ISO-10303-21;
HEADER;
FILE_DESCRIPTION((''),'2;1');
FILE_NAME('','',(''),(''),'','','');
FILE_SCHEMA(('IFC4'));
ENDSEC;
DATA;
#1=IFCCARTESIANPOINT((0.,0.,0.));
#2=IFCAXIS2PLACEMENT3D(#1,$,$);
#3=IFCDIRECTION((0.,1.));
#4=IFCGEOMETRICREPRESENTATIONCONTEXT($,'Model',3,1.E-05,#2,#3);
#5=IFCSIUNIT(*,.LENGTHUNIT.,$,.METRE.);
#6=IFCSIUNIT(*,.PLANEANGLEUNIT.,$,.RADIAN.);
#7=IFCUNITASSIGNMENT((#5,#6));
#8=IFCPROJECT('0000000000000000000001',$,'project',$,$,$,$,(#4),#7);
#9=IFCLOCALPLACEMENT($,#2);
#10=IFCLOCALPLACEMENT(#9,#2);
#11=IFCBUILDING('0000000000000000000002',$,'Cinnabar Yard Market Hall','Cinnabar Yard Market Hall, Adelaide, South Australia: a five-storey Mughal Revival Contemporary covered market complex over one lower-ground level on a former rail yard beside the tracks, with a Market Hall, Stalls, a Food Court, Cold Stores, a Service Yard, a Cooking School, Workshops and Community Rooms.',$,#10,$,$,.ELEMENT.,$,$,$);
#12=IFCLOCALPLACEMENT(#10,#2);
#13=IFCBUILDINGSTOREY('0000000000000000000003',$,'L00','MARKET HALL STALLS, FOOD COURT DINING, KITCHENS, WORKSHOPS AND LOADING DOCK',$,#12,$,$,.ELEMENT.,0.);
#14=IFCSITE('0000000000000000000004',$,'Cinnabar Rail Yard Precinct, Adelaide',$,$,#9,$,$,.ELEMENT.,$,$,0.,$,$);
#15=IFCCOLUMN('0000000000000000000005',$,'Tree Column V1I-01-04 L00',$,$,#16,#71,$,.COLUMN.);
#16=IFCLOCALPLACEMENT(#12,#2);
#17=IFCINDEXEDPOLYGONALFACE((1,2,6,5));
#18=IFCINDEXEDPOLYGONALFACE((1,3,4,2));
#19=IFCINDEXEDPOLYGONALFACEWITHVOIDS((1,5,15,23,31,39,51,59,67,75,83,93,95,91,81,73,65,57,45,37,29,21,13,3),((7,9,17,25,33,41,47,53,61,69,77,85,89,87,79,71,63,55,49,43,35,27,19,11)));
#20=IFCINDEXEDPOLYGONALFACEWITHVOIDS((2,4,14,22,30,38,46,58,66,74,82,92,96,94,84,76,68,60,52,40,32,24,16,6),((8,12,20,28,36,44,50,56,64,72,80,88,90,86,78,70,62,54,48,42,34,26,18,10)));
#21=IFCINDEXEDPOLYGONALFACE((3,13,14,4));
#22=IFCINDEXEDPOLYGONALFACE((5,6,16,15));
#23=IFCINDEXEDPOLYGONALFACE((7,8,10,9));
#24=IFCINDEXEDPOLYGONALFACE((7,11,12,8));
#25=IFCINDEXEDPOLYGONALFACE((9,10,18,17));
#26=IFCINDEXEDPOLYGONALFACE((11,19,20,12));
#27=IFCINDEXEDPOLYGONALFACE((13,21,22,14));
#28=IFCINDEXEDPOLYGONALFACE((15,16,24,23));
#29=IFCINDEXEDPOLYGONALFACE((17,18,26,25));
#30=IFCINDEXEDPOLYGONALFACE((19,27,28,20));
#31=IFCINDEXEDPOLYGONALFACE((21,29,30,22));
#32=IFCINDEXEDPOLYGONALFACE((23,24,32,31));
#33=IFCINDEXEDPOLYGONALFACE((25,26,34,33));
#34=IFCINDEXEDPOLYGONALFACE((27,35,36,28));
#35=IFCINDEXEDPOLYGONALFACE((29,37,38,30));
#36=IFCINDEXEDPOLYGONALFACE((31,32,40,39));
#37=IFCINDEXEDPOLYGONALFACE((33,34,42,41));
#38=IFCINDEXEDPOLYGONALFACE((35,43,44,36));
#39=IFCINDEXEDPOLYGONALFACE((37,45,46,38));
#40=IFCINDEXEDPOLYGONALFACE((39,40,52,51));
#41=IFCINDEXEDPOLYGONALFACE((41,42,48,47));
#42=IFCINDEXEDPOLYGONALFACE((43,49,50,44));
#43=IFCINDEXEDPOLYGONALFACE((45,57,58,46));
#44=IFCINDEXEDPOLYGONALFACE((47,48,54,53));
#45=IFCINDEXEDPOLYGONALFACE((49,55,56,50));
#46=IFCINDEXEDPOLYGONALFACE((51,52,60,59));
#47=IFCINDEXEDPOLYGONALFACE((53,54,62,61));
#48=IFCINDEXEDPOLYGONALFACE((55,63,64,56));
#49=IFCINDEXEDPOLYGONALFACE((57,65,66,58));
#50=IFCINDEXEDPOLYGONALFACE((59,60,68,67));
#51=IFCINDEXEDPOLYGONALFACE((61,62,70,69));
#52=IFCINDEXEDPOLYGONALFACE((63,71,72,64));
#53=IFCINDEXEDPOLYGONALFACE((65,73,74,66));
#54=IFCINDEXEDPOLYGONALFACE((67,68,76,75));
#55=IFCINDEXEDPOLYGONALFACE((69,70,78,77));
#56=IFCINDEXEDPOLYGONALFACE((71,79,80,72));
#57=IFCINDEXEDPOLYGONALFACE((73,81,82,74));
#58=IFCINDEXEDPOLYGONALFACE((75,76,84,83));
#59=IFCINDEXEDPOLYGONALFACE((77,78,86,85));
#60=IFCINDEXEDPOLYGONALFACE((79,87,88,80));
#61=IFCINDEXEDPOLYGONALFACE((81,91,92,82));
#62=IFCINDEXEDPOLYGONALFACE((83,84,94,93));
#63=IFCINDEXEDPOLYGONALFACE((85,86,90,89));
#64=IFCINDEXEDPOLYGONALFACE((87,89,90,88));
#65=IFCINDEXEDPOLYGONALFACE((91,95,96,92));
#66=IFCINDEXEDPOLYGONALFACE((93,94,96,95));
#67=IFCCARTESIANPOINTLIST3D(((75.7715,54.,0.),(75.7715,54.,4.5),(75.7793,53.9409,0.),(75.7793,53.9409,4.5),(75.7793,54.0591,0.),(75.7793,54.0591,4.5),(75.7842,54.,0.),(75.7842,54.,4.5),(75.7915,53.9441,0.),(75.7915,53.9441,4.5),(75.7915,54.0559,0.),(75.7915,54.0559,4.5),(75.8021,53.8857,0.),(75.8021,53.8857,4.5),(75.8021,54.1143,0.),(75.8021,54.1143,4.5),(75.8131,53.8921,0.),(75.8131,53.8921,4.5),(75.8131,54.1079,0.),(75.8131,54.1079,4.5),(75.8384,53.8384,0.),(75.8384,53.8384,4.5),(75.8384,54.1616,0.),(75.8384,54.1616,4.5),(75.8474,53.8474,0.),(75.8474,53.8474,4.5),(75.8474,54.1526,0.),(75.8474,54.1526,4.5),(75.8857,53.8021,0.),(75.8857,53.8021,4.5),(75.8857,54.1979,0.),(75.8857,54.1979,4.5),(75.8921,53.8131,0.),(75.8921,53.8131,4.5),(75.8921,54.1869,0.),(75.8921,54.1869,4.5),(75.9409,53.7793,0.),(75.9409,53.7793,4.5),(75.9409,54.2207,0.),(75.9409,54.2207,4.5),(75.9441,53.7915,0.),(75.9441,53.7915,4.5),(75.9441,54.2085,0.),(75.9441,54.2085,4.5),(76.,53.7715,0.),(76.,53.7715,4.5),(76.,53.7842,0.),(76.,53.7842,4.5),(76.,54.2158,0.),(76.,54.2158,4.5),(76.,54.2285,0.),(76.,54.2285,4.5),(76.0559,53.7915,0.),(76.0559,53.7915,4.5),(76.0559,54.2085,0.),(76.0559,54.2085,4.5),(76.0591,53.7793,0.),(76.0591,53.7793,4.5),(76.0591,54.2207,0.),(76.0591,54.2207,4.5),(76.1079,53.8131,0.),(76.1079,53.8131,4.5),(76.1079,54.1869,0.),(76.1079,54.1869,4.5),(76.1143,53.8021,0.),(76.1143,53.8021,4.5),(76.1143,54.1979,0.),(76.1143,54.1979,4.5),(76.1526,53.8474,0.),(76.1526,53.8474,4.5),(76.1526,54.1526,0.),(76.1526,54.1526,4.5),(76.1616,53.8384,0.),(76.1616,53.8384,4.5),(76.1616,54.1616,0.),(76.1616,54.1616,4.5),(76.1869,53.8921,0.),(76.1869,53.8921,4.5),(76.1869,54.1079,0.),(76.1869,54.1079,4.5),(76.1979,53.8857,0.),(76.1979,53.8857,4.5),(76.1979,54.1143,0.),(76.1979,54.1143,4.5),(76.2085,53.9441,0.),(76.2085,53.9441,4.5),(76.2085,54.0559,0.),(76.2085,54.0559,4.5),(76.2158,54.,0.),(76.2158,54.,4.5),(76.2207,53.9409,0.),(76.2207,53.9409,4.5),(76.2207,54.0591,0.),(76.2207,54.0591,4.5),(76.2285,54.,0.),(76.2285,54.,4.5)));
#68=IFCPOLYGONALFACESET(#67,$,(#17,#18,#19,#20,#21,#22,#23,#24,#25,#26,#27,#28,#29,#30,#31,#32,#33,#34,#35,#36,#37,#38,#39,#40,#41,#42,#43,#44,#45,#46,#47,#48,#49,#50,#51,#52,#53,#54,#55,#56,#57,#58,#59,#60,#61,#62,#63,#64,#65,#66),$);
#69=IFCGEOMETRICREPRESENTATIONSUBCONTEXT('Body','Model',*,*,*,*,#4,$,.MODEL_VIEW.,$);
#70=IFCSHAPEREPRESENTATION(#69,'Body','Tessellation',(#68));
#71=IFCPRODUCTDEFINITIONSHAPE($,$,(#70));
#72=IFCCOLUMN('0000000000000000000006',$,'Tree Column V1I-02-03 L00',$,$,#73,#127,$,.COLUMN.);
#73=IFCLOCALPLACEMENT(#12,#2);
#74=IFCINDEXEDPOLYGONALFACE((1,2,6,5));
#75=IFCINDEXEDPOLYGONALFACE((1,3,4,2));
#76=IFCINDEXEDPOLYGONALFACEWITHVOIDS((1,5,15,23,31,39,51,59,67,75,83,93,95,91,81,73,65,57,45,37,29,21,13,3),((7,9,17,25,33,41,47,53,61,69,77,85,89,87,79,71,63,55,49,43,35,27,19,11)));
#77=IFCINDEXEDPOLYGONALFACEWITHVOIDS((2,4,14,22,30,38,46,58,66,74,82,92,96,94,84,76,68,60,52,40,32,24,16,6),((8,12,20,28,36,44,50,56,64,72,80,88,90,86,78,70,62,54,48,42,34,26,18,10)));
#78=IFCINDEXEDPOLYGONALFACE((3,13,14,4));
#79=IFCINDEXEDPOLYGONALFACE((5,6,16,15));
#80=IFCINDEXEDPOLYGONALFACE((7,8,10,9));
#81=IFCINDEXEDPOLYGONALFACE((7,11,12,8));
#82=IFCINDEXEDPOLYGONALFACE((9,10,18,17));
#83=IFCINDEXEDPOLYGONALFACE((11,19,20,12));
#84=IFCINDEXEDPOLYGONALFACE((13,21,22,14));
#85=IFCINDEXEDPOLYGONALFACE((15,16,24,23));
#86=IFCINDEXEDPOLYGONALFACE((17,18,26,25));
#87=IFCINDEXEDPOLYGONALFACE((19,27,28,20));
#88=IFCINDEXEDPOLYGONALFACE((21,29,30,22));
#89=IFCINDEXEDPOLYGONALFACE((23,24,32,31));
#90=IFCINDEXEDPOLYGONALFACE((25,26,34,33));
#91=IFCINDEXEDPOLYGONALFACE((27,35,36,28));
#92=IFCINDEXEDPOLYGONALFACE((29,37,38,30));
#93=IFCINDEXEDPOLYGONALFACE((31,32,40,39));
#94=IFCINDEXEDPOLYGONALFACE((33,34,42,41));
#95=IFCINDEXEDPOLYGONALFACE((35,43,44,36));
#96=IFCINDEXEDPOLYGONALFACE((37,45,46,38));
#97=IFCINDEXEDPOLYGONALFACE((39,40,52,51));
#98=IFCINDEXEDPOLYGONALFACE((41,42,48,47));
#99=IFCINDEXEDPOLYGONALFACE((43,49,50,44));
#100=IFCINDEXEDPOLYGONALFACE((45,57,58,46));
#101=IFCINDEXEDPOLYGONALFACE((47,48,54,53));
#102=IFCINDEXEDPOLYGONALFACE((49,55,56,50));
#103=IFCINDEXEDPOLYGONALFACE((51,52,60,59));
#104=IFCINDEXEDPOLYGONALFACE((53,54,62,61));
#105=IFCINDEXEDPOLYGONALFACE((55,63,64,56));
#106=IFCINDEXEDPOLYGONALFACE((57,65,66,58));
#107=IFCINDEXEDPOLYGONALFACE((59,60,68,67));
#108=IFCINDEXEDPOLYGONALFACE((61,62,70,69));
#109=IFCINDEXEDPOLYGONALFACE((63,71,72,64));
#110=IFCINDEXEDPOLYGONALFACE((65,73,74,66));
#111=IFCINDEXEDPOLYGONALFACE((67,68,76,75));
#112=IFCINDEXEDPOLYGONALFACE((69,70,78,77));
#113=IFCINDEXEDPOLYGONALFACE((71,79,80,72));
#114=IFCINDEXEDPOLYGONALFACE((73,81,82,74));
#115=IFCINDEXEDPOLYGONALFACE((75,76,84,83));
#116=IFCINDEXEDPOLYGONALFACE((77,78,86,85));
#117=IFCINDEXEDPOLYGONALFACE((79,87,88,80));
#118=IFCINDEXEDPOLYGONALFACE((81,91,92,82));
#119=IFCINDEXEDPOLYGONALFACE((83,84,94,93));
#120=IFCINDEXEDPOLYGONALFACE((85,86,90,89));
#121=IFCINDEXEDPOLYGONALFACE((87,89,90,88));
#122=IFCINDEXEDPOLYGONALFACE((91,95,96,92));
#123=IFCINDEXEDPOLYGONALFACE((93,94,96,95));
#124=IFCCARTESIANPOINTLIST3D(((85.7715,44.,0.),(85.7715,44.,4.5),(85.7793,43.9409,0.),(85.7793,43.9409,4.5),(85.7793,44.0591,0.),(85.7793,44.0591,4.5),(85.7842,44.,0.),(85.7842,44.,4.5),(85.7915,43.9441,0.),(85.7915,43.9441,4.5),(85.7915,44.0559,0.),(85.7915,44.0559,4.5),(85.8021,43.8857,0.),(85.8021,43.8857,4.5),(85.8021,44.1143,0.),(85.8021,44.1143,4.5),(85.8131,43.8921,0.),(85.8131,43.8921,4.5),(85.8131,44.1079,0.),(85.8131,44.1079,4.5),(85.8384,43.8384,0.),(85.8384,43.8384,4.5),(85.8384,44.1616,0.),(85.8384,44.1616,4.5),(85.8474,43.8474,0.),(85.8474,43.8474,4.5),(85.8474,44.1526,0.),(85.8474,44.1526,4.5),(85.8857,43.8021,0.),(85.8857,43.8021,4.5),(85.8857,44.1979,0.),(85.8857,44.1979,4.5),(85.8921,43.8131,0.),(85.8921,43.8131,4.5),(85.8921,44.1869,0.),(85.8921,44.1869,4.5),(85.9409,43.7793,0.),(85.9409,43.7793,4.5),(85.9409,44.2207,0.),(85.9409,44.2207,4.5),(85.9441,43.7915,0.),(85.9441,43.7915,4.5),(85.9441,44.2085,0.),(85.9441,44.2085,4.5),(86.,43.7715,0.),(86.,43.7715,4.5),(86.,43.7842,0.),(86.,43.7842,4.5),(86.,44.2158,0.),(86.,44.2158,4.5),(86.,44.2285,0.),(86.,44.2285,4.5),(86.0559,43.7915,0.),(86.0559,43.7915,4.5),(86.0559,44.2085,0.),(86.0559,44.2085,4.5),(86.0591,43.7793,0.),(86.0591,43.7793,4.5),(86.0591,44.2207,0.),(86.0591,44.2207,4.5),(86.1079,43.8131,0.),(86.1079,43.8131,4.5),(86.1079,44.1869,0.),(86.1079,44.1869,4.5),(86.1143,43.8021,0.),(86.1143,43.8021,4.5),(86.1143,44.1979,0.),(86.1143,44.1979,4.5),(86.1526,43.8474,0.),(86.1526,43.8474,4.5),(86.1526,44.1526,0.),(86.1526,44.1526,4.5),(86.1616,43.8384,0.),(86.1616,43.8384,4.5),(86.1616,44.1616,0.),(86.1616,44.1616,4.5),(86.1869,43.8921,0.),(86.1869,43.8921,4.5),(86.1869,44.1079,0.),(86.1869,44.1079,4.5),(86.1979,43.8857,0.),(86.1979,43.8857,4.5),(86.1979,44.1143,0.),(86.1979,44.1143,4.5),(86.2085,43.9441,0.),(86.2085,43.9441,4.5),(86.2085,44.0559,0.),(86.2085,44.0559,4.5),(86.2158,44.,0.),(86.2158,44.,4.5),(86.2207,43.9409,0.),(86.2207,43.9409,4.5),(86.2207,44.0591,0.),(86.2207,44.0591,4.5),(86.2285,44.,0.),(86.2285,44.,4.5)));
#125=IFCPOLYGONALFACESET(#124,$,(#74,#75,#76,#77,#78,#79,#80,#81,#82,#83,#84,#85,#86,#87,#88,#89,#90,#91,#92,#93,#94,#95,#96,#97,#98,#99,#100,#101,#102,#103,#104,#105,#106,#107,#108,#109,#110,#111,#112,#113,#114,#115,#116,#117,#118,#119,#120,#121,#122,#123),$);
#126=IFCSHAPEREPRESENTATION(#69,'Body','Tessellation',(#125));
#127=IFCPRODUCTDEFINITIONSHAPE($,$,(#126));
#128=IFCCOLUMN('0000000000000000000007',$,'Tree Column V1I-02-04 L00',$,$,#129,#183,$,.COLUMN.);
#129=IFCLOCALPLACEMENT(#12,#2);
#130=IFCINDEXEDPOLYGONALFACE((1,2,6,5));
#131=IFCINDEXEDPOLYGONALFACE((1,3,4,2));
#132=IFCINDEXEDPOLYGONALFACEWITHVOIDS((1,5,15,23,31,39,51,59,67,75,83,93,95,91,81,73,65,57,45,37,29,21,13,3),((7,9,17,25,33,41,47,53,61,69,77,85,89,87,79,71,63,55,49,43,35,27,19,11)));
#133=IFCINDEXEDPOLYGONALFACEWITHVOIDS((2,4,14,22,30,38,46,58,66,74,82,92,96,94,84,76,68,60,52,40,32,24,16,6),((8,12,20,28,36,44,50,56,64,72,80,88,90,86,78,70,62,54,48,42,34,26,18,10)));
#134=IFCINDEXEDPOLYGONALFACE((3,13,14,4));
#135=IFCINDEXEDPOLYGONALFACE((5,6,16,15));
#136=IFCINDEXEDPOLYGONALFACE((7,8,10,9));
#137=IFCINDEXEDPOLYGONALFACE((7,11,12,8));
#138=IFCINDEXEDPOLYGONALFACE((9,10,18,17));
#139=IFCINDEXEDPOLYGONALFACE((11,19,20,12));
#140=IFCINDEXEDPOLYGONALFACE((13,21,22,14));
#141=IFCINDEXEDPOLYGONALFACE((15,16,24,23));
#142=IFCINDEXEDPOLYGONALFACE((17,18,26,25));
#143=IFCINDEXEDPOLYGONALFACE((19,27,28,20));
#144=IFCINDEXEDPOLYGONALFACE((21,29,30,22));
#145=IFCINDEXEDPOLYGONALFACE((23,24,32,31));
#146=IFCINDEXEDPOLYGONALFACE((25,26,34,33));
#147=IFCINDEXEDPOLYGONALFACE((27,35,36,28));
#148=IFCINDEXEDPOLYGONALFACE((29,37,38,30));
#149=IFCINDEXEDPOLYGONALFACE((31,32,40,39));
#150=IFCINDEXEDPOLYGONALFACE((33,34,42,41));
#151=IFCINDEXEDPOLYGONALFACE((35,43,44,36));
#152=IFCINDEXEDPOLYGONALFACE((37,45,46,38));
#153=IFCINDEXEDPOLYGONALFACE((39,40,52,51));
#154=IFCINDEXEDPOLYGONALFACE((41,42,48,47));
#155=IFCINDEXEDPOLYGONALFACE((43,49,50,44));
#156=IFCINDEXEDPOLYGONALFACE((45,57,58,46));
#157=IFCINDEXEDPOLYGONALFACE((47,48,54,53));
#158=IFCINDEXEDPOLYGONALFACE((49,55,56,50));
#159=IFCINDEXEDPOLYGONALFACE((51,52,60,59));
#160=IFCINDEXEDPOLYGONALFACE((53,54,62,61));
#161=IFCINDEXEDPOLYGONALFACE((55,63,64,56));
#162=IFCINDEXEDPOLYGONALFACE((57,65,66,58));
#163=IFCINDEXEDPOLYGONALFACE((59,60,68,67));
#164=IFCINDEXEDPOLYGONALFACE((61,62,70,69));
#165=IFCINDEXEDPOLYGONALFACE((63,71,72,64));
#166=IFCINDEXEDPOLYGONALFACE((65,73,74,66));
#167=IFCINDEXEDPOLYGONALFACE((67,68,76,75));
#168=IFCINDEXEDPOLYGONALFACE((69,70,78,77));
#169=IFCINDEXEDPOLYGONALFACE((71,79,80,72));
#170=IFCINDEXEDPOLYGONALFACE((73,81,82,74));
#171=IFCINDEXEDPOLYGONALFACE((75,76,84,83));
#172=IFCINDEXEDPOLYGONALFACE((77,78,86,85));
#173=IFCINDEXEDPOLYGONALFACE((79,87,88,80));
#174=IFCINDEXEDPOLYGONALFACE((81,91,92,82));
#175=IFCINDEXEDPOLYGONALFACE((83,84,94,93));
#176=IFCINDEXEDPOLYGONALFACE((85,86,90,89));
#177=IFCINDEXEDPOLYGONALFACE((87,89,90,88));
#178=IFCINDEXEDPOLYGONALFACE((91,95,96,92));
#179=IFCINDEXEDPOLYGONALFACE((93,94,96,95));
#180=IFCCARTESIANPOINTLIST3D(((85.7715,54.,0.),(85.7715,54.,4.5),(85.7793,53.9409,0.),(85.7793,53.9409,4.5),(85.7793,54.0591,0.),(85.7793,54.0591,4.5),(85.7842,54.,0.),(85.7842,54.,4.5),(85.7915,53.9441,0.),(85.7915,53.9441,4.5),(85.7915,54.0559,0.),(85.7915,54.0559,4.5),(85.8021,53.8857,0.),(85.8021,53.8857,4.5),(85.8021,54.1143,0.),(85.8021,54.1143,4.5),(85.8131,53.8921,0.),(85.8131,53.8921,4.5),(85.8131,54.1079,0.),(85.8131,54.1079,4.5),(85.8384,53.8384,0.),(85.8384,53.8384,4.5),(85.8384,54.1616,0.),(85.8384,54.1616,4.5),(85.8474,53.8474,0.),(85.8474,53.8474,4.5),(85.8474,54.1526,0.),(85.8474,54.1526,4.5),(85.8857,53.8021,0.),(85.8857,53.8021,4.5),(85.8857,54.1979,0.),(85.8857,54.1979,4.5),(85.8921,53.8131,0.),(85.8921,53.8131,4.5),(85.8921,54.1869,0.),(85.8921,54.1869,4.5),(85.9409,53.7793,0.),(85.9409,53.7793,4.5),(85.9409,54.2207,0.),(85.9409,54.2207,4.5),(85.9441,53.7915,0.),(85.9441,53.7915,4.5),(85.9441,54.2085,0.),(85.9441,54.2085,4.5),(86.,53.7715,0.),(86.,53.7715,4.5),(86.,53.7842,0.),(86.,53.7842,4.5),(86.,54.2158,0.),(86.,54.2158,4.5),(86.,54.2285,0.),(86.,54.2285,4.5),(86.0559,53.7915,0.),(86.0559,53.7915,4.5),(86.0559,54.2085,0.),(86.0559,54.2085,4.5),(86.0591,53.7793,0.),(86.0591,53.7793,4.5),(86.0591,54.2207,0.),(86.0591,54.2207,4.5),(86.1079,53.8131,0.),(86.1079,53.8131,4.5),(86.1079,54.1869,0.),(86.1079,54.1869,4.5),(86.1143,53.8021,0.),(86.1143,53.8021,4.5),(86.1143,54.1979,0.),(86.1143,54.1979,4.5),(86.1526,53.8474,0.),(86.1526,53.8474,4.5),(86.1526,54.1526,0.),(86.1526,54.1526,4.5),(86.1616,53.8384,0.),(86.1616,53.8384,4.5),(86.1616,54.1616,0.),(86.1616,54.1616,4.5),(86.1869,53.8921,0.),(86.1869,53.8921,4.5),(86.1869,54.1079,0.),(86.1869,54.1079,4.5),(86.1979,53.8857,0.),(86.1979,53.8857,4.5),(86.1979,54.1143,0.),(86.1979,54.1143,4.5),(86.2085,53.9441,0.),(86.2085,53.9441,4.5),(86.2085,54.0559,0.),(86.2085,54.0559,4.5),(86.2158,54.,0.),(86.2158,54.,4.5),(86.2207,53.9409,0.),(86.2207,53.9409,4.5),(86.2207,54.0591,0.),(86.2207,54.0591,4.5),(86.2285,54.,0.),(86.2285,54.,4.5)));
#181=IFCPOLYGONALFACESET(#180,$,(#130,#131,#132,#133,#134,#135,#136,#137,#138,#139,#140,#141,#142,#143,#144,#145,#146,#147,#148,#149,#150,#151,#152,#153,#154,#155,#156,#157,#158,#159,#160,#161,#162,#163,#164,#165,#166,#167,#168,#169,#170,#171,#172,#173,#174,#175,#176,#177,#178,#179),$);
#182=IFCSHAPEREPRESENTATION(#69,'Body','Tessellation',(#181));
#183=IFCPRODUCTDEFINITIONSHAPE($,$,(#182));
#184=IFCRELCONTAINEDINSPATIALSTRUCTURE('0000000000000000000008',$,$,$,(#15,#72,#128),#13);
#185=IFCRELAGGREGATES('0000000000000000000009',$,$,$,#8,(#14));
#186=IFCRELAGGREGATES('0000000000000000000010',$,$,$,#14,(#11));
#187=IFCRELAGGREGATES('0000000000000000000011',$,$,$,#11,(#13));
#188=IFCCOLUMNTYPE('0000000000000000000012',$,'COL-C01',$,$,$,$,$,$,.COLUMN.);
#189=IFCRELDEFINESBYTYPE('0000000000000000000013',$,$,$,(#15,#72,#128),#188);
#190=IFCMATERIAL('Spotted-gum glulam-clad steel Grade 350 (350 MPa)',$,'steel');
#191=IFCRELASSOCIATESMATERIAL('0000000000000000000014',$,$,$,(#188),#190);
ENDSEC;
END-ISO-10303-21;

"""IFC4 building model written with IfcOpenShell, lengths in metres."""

from ifc_helpers import new_model, si_unit, direction, frame, origin, origin_2d_with_axis, place, context, subcontext, project, spatial, hollow_circle, extrude, material, material_profile, profile_set, type_object, element, save


model = new_model("IFC4")

# Units and contexts
model_context = context("Model", 3, precision=1e-05, world=origin(), true_north=direction((0.0, 1.0)))
body_context = subcontext(model_context, "Body", "Model", "MODEL_VIEW")
ifc_project = project(units=[si_unit("LENGTHUNIT", "METRE"), si_unit("PLANEANGLEUNIT", "RADIAN")], contexts=[model_context])

# Site, building, storey
site_placement = place(None, origin())
site = spatial("IfcSite", under=ifc_project, at=site_placement, Name="Cinnabar Rail Yard Precinct, Adelaide", CompositionType="ELEMENT", RefElevation=0.0)
building_placement = place(site_placement, origin())
building = spatial("IfcBuilding", under=site, at=building_placement, Name="Cinnabar Yard Market Hall", Description="Cinnabar Yard Market Hall, Adelaide, South Australia: a five-storey Mughal Revival Contemporary covered market complex over one lower-ground level on a former rail yard beside the tracks, with a Market Hall, Stalls, a Food Court, Cold Stores, a Service Yard, a Cooking School, Workshops and Community Rooms.", CompositionType="ELEMENT")
storey_placement = place(building_placement, origin())
storey = spatial("IfcBuildingStorey", under=building, at=storey_placement, Name="L00", Description="MARKET HALL STALLS, FOOD COURT DINING, KITCHENS, WORKSHOPS AND LOADING DOCK", CompositionType="ELEMENT", Elevation=0.0)

# Columns
ifc_material_1 = material(Name="Spotted-gum glulam-clad steel Grade 350 (350 MPa)", Category="steel")
ifc_material_profile_1 = material_profile(ifc_material_1, hollow_circle(Radius=0.2285, WallThickness=0.0127, at=origin_2d_with_axis()), Name="457.0x12.7CHS")
ifc_profile_set_1 = profile_set([ifc_material_profile_1], Name="Spotted-gum glulam-clad steel Grade 350 (350 MPa)")
column_type_1 = type_object("IfcColumnType", Name="COL-C01", PredefinedType="COLUMN", material=ifc_profile_set_1)
for number, where, z_axis, x_axis, name in (
    (1, (76.0, 54.0, 0.0), (0.0, 0.0, 1.0), (1.0, 0.0, 0.0), "Tree Column V1I-01-04 L00"),
    (2, (86.0, 44.0, 0.0), (0.0, 0.0, 1.0), (1.0, 0.0, 0.0), "Tree Column V1I-02-03 L00"),
    (3, (86.0, 54.0, 0.0), (0.0, 0.0, 1.0), (1.0, 0.0, 0.0), "Tree Column V1I-02-04 L00"),
):
    element("IfcColumn", number, at=place(storey_placement, frame(where, z_axis=z_axis, x_axis=x_axis)), inside=storey, type_object=column_type_1, Name=name, PredefinedType="COLUMN", context=body_context, shape_type="SweptSolid", body=[
        extrude(hollow_circle(Radius=0.2285, WallThickness=0.0127, at=origin_2d_with_axis()), origin(), (0.0, 0.0, 1.0), 4.5),
    ])

save(model, "model.ifc")
